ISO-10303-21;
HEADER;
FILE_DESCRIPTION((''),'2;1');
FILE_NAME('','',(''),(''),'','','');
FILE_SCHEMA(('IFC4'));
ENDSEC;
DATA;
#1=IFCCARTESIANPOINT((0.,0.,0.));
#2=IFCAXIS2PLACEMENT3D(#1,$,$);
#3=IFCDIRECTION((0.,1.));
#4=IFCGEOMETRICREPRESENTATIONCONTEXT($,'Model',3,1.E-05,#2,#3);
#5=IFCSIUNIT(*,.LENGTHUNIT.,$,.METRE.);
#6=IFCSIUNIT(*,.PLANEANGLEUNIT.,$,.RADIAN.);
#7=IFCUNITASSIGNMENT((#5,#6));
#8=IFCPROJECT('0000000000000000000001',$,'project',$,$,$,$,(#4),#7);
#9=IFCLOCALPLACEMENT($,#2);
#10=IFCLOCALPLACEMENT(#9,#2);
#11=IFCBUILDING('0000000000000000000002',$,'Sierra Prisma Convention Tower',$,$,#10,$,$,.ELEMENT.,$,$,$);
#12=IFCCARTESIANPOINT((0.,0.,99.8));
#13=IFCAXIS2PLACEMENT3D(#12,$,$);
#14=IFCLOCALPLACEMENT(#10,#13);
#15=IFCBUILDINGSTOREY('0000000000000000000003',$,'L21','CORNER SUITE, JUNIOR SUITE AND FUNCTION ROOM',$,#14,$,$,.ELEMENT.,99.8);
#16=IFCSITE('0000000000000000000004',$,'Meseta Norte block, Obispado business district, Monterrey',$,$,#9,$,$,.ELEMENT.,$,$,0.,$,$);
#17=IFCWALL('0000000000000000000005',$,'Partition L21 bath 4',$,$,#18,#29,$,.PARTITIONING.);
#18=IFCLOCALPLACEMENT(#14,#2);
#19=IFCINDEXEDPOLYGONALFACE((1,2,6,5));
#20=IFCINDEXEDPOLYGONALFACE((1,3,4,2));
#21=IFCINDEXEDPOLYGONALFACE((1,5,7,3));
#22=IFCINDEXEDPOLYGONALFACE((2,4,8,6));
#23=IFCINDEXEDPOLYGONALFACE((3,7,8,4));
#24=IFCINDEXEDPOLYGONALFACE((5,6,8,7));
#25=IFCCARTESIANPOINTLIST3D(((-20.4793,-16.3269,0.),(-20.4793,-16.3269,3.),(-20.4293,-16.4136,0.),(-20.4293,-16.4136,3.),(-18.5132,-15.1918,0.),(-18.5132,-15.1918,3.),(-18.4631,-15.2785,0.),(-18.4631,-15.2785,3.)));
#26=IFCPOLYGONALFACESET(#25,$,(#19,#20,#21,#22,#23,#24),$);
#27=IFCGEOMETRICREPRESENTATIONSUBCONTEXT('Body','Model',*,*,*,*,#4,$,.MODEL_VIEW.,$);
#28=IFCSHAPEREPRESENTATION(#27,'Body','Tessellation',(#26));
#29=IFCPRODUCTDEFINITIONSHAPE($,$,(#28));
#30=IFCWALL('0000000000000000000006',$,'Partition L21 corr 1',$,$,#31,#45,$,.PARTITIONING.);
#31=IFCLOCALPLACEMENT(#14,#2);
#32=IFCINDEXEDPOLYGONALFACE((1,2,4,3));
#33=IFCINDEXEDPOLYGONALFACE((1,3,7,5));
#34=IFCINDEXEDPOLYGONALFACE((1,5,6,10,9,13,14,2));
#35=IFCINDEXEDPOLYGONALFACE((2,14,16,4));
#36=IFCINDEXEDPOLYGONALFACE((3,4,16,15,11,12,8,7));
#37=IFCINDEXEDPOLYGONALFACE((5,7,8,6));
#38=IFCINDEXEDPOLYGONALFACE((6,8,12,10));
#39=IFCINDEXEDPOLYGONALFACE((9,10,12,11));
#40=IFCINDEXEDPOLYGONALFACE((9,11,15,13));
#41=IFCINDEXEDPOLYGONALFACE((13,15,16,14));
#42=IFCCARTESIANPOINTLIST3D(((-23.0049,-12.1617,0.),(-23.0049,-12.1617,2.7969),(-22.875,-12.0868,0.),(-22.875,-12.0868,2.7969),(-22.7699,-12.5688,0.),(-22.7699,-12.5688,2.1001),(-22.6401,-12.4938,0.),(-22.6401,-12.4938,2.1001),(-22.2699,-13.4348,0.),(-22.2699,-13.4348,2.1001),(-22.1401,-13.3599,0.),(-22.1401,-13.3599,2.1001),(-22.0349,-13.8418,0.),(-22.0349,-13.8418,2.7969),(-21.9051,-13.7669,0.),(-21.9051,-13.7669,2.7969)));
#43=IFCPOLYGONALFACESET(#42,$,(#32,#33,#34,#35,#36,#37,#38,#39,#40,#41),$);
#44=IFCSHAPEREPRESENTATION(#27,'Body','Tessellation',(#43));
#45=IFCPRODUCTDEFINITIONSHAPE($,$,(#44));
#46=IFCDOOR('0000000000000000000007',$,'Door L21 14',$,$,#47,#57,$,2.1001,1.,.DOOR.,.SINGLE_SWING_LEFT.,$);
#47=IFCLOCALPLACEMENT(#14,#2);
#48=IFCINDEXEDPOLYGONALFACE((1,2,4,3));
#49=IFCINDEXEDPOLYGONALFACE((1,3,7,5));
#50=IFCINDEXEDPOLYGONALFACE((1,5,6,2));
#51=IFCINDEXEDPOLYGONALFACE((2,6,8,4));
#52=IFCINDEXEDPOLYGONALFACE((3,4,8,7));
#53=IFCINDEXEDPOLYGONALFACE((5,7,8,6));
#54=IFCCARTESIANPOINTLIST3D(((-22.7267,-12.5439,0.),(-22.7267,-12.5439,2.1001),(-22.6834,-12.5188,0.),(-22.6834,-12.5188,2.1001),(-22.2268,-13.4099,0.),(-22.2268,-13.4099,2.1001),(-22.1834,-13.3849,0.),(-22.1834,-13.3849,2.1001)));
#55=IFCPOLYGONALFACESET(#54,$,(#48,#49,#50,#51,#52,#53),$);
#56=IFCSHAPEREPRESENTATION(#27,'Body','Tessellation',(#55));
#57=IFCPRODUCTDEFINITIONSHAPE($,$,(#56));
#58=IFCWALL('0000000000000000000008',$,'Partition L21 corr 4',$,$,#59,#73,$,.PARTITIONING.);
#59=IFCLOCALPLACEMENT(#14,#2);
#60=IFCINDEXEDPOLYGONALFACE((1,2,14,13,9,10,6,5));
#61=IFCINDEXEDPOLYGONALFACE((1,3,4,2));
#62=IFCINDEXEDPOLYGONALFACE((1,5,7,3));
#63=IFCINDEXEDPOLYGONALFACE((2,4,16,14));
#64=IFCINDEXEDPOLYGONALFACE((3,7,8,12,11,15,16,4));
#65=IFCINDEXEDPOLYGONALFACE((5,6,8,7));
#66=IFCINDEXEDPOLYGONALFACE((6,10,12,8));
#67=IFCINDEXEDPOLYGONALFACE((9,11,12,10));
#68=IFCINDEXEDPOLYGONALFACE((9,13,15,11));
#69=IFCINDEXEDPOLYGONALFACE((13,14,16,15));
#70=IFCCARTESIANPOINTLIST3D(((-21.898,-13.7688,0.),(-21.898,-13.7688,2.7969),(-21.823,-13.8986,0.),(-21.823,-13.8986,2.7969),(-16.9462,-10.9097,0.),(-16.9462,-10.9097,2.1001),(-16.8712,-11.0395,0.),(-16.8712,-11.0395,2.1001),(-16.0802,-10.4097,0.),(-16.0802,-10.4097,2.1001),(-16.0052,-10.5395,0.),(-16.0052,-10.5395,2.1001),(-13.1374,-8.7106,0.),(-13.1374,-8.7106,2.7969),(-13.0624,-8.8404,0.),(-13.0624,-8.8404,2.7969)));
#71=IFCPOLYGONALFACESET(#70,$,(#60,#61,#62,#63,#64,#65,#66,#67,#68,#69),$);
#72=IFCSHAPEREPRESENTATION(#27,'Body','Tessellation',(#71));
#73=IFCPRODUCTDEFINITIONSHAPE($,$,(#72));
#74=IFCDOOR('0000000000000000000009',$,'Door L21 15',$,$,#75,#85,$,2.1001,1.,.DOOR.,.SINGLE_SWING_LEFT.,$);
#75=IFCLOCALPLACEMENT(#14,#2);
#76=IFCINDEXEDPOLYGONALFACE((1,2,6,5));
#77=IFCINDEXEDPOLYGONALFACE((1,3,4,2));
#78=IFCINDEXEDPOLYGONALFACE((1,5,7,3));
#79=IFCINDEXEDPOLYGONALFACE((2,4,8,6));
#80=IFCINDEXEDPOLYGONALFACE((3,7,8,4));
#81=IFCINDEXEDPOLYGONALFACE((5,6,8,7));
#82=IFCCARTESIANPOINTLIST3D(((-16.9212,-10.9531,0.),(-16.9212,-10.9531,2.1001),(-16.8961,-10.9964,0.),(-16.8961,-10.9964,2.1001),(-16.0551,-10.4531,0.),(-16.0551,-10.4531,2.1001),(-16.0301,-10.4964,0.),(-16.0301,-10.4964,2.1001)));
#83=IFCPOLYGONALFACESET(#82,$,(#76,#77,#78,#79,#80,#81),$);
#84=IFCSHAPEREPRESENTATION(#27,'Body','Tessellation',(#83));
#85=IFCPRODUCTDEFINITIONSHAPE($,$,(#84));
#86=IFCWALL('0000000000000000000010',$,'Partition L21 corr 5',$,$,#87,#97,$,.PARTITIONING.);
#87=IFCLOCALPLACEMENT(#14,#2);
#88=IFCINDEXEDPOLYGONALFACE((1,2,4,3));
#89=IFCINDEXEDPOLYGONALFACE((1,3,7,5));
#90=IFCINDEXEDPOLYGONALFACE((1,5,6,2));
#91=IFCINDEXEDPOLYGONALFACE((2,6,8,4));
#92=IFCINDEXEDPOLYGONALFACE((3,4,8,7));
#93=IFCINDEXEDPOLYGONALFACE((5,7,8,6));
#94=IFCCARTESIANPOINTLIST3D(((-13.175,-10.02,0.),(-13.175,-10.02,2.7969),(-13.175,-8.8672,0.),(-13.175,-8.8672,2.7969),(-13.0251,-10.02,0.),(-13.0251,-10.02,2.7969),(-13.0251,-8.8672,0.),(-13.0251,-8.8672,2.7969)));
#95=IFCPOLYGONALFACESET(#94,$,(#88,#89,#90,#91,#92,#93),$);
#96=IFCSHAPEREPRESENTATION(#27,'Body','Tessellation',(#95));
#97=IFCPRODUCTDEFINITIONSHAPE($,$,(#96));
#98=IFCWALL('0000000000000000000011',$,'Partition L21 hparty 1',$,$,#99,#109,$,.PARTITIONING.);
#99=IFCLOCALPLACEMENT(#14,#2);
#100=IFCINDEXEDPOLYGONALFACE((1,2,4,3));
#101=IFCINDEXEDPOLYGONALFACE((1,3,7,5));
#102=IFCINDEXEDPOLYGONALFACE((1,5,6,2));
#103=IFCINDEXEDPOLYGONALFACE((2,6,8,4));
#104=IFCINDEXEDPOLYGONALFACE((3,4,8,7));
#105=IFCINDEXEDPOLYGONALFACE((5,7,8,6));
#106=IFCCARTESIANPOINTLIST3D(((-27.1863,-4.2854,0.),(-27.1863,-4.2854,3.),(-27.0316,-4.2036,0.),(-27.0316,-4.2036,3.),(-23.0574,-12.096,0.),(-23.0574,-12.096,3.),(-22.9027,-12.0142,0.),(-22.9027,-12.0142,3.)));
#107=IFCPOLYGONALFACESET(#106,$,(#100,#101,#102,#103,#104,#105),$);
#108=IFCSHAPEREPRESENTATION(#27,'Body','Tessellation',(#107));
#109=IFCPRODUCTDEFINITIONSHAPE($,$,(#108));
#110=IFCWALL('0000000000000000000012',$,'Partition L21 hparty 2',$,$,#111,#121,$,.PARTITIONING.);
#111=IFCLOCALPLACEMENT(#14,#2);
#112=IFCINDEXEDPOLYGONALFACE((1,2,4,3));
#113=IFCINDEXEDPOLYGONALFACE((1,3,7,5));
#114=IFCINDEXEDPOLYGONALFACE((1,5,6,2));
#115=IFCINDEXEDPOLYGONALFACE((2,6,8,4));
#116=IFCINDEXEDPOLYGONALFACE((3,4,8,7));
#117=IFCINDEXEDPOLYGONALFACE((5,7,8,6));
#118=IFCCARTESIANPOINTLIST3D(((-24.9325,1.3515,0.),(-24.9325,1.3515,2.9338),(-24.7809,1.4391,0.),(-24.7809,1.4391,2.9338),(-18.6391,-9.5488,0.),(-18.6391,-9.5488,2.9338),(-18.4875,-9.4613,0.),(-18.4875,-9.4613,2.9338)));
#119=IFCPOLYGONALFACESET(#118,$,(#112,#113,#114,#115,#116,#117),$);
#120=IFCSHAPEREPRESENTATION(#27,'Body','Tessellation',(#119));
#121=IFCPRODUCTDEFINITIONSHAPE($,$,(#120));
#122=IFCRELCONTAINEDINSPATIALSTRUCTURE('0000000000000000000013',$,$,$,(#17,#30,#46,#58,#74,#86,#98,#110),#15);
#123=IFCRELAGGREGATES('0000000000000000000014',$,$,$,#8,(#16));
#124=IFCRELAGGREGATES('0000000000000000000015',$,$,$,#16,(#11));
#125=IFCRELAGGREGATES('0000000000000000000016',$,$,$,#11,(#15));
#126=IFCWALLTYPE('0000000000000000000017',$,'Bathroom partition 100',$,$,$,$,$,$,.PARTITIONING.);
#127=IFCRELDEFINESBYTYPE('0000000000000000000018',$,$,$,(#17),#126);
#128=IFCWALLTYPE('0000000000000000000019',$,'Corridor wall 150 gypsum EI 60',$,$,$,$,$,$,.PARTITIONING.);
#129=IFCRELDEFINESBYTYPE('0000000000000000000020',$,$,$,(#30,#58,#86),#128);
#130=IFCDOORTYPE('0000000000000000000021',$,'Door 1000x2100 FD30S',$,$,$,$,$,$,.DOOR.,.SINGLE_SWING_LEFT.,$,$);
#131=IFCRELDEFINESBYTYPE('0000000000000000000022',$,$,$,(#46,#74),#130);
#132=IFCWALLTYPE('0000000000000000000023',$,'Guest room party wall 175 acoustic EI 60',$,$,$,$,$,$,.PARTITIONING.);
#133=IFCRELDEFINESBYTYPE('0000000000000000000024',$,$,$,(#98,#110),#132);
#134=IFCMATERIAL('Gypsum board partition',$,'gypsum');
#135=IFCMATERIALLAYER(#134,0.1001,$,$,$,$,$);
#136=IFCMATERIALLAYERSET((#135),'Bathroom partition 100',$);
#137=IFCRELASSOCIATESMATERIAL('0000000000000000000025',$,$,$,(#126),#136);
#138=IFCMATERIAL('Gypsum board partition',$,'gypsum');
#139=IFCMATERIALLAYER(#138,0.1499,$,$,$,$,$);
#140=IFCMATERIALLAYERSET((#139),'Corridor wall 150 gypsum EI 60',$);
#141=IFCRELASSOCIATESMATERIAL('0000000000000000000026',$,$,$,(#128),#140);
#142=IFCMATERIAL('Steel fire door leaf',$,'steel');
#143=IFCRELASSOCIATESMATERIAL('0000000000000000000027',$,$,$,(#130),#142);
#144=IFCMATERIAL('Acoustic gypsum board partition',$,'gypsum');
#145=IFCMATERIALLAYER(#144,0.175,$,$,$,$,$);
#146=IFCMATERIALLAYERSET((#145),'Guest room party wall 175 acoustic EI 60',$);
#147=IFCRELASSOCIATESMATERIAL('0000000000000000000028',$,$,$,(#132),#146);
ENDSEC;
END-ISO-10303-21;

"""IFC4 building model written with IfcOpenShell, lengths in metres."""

from ifc_helpers import new_model, si_unit, direction, frame, frame_2d, origin, place, context, subcontext, project, spatial, rectangle, extrude, material, layer, layer_set, type_object, element, fill, save


model = new_model("IFC4")

# Units and contexts
model_context = context("Model", 3, precision=1e-05, world=origin(), true_north=direction((0.0, 1.0)))
body_context = subcontext(model_context, "Body", "Model", "MODEL_VIEW")
ifc_project = project(units=[si_unit("LENGTHUNIT", "METRE"), si_unit("PLANEANGLEUNIT", "RADIAN")], contexts=[model_context])

# Site, building, storey
site_placement = place(None, origin())
site = spatial("IfcSite", under=ifc_project, at=site_placement, Name="Meseta Norte block, Obispado business district, Monterrey", CompositionType="ELEMENT", RefElevation=0.0)
building_placement = place(site_placement, origin())
building = spatial("IfcBuilding", under=site, at=building_placement, Name="Sierra Prisma Convention Tower", CompositionType="ELEMENT")
storey_placement = place(building_placement, frame((0.0, 0.0, 99.8)))
storey = spatial("IfcBuildingStorey", under=building, at=storey_placement, Name="L21", Description="CORNER SUITE, JUNIOR SUITE AND FUNCTION ROOM", CompositionType="ELEMENT", Elevation=99.8)

# Shared definitions
ifc_material_1 = material(Name="Gypsum board partition", Category="gypsum")
ifc_layer_1 = layer(ifc_material_1, 0.1001)
ifc_layer_set_1 = layer_set([ifc_layer_1], Name="Bathroom partition 100")
wall_type_1 = type_object("IfcWallType", Name="Bathroom partition 100", PredefinedType="PARTITIONING", material=ifc_layer_set_1)

# Wall
wall_1_placement = place(storey_placement, frame((-18.488, -15.2351, 0.0), z_axis=(0.0, 0.0, 1.0), x_axis=(-0.866044, -0.499968, 0.0)))
element("IfcWall", 1, at=wall_1_placement, inside=storey, type_object=wall_type_1, Name="Partition L21 bath 4", PredefinedType="PARTITIONING", context=body_context, shape_type="SweptSolid", body=[
    extrude(rectangle(XDim=2.2703, YDim=0.1001, at=frame_2d((1.1353, 0.0))), origin(), (0.0, 0.0, 1.0), 3.0),
])

# Walls, openings, doors
ifc_material_2 = material(Name="Gypsum board partition", Category="gypsum")
ifc_layer_2 = layer(ifc_material_2, 0.1499)
ifc_layer_set_2 = layer_set([ifc_layer_2], Name="Corridor wall 150 gypsum EI 60")
wall_type_2 = type_object("IfcWallType", Name="Corridor wall 150 gypsum EI 60", PredefinedType="PARTITIONING", material=ifc_layer_set_2)
wall_2_placement = place(storey_placement, frame((-22.9399, -12.1243, 0.0), z_axis=(0.0, 0.0, 1.0), x_axis=(0.499969, -0.866043, 0.0)))
wall_2 = element("IfcWall", 2, at=wall_2_placement, inside=storey, type_object=wall_type_2, Name="Partition L21 corr 1", PredefinedType="PARTITIONING", context=body_context, shape_type="SweptSolid", body=[
    extrude(rectangle(XDim=1.9399, YDim=0.1499, at=frame_2d((0.97, 0.0))), origin(), (0.0, 0.0, 1.0), 2.7969),
])
opening_1_placement = place(wall_2_placement, frame((0.47, 0.0, 0.0)))
opening_1 = element("IfcOpeningElement", 3, at=opening_1_placement, cuts=wall_2, PredefinedType="OPENING", context=body_context, shape_type="SweptSolid", body=[
    extrude(rectangle(XDim=1.0, YDim=2.1001, at=frame_2d((0.5, 1.05))), frame((0.0, 0.075, 0.0), z_axis=(0.0, -1.0, 0.0), x_axis=(1.0, 0.0, 0.0)), (0.0, 0.0, 1.0), 0.1499),
])
ifc_material_3 = material(Name="Steel fire door leaf", Category="steel")
door_type_1 = type_object("IfcDoorType", Name="Door 1000x2100 FD30S", OperationType="SINGLE_SWING_LEFT", PredefinedType="DOOR", material=ifc_material_3)
door_1_placement = place(opening_1_placement, origin())
door_1 = element("IfcDoor", 4, at=door_1_placement, inside=storey, type_object=door_type_1, Name="Door L21 14", OperationType="SINGLE_SWING_LEFT", OverallHeight=2.1001, OverallWidth=1.0, PredefinedType="DOOR", context=body_context, shape_type="SweptSolid", body=[
    extrude(rectangle(XDim=1.0, YDim=2.1001, at=frame_2d((0.5, 1.05))), frame((0.0, 0.0249, 0.0), z_axis=(0.0, -1.0, 0.0), x_axis=(1.0, 0.0, 0.0)), (0.0, 0.0, 1.0), 0.05),
])
fill(opening_1, door_1)
wall_3_placement = place(storey_placement, frame((-21.8606, -13.8337, 0.0), z_axis=(0.0, 0.0, 1.0), x_axis=(0.866016, 0.500017, 0.0)))
wall_3 = element("IfcWall", 5, at=wall_3_placement, inside=storey, type_object=wall_type_2, Name="Partition L21 corr 4", PredefinedType="PARTITIONING", context=body_context, shape_type="SweptSolid", body=[
    extrude(rectangle(XDim=10.116, YDim=0.1499, at=frame_2d((5.0581, 0.0))), origin(), (0.0, 0.0, 1.0), 2.7969),
])
opening_2_placement = place(wall_3_placement, frame((5.718, 0.0, 0.0)))
opening_2 = element("IfcOpeningElement", 6, at=opening_2_placement, cuts=wall_3, PredefinedType="OPENING", context=body_context, shape_type="SweptSolid", body=[
    extrude(rectangle(XDim=1.0, YDim=2.1001, at=frame_2d((0.5, 1.05))), frame((0.0, 0.075, 0.0), z_axis=(0.0, -1.0, 0.0), x_axis=(1.0, 0.0, 0.0)), (0.0, 0.0, 1.0), 0.1499),
])
door_2_placement = place(opening_2_placement, origin())
door_2 = element("IfcDoor", 7, at=door_2_placement, inside=storey, type_object=door_type_1, Name="Door L21 15", OperationType="SINGLE_SWING_LEFT", OverallHeight=2.1001, OverallWidth=1.0, PredefinedType="DOOR", context=body_context, shape_type="SweptSolid", body=[
    extrude(rectangle(XDim=1.0, YDim=2.1001, at=frame_2d((0.5, 1.05))), frame((0.0, 0.0249, 0.0), z_axis=(0.0, -1.0, 0.0), x_axis=(1.0, 0.0, 0.0)), (0.0, 0.0, 1.0), 0.05),
])
fill(opening_2, door_2)

# Walls
wall_4_placement = place(storey_placement, frame((-13.1001, -8.8672, 0.0), z_axis=(0.0, 0.0, 1.0), x_axis=(0.0, -1.0, 0.0)))
element("IfcWall", 8, at=wall_4_placement, inside=storey, type_object=wall_type_2, Name="Partition L21 corr 5", PredefinedType="PARTITIONING", context=body_context, shape_type="SweptSolid", body=[
    extrude(rectangle(XDim=1.1528, YDim=0.1499, at=frame_2d((0.5764, 0.0))), origin(), (0.0, 0.0, 1.0), 2.7969),
])
ifc_material_4 = material(Name="Acoustic gypsum board partition", Category="gypsum")
ifc_layer_3 = layer(ifc_material_4, 0.175)
ifc_layer_set_3 = layer_set([ifc_layer_3], Name="Guest room party wall 175 acoustic EI 60")
wall_type_3 = type_object("IfcWallType", Name="Guest room party wall 175 acoustic EI 60", PredefinedType="PARTITIONING", material=ifc_layer_set_3)
wall_5_placement = place(storey_placement, frame((-22.98, -12.0552, 0.0), z_axis=(0.0, 0.0, 1.0), x_axis=(-0.467349, 0.884073, 0.0)))
element("IfcWall", 9, at=wall_5_placement, inside=storey, type_object=wall_type_3, Name="Partition L21 hparty 1", PredefinedType="PARTITIONING", context=body_context, shape_type="SweptSolid", body=[
    extrude(rectangle(XDim=8.8347, YDim=0.175, at=frame_2d((4.4175, 0.0))), origin(), (0.0, 0.0, 1.0), 3.0),
])
wall_6_placement = place(storey_placement, frame((-18.5632, -9.5051, 0.0), z_axis=(0.0, 0.0, 1.0), x_axis=(-0.500007, 0.866021, 0.0)))
element("IfcWall", 10, at=wall_6_placement, inside=storey, type_object=wall_type_3, Name="Partition L21 hparty 2", PredefinedType="PARTITIONING", context=body_context, shape_type="SweptSolid", body=[
    extrude(rectangle(XDim=12.5867, YDim=0.175, at=frame_2d((6.2935, 0.0))), origin(), (0.0, 0.0, 1.0), 2.9338),
])

save(model, "model.ifc")
